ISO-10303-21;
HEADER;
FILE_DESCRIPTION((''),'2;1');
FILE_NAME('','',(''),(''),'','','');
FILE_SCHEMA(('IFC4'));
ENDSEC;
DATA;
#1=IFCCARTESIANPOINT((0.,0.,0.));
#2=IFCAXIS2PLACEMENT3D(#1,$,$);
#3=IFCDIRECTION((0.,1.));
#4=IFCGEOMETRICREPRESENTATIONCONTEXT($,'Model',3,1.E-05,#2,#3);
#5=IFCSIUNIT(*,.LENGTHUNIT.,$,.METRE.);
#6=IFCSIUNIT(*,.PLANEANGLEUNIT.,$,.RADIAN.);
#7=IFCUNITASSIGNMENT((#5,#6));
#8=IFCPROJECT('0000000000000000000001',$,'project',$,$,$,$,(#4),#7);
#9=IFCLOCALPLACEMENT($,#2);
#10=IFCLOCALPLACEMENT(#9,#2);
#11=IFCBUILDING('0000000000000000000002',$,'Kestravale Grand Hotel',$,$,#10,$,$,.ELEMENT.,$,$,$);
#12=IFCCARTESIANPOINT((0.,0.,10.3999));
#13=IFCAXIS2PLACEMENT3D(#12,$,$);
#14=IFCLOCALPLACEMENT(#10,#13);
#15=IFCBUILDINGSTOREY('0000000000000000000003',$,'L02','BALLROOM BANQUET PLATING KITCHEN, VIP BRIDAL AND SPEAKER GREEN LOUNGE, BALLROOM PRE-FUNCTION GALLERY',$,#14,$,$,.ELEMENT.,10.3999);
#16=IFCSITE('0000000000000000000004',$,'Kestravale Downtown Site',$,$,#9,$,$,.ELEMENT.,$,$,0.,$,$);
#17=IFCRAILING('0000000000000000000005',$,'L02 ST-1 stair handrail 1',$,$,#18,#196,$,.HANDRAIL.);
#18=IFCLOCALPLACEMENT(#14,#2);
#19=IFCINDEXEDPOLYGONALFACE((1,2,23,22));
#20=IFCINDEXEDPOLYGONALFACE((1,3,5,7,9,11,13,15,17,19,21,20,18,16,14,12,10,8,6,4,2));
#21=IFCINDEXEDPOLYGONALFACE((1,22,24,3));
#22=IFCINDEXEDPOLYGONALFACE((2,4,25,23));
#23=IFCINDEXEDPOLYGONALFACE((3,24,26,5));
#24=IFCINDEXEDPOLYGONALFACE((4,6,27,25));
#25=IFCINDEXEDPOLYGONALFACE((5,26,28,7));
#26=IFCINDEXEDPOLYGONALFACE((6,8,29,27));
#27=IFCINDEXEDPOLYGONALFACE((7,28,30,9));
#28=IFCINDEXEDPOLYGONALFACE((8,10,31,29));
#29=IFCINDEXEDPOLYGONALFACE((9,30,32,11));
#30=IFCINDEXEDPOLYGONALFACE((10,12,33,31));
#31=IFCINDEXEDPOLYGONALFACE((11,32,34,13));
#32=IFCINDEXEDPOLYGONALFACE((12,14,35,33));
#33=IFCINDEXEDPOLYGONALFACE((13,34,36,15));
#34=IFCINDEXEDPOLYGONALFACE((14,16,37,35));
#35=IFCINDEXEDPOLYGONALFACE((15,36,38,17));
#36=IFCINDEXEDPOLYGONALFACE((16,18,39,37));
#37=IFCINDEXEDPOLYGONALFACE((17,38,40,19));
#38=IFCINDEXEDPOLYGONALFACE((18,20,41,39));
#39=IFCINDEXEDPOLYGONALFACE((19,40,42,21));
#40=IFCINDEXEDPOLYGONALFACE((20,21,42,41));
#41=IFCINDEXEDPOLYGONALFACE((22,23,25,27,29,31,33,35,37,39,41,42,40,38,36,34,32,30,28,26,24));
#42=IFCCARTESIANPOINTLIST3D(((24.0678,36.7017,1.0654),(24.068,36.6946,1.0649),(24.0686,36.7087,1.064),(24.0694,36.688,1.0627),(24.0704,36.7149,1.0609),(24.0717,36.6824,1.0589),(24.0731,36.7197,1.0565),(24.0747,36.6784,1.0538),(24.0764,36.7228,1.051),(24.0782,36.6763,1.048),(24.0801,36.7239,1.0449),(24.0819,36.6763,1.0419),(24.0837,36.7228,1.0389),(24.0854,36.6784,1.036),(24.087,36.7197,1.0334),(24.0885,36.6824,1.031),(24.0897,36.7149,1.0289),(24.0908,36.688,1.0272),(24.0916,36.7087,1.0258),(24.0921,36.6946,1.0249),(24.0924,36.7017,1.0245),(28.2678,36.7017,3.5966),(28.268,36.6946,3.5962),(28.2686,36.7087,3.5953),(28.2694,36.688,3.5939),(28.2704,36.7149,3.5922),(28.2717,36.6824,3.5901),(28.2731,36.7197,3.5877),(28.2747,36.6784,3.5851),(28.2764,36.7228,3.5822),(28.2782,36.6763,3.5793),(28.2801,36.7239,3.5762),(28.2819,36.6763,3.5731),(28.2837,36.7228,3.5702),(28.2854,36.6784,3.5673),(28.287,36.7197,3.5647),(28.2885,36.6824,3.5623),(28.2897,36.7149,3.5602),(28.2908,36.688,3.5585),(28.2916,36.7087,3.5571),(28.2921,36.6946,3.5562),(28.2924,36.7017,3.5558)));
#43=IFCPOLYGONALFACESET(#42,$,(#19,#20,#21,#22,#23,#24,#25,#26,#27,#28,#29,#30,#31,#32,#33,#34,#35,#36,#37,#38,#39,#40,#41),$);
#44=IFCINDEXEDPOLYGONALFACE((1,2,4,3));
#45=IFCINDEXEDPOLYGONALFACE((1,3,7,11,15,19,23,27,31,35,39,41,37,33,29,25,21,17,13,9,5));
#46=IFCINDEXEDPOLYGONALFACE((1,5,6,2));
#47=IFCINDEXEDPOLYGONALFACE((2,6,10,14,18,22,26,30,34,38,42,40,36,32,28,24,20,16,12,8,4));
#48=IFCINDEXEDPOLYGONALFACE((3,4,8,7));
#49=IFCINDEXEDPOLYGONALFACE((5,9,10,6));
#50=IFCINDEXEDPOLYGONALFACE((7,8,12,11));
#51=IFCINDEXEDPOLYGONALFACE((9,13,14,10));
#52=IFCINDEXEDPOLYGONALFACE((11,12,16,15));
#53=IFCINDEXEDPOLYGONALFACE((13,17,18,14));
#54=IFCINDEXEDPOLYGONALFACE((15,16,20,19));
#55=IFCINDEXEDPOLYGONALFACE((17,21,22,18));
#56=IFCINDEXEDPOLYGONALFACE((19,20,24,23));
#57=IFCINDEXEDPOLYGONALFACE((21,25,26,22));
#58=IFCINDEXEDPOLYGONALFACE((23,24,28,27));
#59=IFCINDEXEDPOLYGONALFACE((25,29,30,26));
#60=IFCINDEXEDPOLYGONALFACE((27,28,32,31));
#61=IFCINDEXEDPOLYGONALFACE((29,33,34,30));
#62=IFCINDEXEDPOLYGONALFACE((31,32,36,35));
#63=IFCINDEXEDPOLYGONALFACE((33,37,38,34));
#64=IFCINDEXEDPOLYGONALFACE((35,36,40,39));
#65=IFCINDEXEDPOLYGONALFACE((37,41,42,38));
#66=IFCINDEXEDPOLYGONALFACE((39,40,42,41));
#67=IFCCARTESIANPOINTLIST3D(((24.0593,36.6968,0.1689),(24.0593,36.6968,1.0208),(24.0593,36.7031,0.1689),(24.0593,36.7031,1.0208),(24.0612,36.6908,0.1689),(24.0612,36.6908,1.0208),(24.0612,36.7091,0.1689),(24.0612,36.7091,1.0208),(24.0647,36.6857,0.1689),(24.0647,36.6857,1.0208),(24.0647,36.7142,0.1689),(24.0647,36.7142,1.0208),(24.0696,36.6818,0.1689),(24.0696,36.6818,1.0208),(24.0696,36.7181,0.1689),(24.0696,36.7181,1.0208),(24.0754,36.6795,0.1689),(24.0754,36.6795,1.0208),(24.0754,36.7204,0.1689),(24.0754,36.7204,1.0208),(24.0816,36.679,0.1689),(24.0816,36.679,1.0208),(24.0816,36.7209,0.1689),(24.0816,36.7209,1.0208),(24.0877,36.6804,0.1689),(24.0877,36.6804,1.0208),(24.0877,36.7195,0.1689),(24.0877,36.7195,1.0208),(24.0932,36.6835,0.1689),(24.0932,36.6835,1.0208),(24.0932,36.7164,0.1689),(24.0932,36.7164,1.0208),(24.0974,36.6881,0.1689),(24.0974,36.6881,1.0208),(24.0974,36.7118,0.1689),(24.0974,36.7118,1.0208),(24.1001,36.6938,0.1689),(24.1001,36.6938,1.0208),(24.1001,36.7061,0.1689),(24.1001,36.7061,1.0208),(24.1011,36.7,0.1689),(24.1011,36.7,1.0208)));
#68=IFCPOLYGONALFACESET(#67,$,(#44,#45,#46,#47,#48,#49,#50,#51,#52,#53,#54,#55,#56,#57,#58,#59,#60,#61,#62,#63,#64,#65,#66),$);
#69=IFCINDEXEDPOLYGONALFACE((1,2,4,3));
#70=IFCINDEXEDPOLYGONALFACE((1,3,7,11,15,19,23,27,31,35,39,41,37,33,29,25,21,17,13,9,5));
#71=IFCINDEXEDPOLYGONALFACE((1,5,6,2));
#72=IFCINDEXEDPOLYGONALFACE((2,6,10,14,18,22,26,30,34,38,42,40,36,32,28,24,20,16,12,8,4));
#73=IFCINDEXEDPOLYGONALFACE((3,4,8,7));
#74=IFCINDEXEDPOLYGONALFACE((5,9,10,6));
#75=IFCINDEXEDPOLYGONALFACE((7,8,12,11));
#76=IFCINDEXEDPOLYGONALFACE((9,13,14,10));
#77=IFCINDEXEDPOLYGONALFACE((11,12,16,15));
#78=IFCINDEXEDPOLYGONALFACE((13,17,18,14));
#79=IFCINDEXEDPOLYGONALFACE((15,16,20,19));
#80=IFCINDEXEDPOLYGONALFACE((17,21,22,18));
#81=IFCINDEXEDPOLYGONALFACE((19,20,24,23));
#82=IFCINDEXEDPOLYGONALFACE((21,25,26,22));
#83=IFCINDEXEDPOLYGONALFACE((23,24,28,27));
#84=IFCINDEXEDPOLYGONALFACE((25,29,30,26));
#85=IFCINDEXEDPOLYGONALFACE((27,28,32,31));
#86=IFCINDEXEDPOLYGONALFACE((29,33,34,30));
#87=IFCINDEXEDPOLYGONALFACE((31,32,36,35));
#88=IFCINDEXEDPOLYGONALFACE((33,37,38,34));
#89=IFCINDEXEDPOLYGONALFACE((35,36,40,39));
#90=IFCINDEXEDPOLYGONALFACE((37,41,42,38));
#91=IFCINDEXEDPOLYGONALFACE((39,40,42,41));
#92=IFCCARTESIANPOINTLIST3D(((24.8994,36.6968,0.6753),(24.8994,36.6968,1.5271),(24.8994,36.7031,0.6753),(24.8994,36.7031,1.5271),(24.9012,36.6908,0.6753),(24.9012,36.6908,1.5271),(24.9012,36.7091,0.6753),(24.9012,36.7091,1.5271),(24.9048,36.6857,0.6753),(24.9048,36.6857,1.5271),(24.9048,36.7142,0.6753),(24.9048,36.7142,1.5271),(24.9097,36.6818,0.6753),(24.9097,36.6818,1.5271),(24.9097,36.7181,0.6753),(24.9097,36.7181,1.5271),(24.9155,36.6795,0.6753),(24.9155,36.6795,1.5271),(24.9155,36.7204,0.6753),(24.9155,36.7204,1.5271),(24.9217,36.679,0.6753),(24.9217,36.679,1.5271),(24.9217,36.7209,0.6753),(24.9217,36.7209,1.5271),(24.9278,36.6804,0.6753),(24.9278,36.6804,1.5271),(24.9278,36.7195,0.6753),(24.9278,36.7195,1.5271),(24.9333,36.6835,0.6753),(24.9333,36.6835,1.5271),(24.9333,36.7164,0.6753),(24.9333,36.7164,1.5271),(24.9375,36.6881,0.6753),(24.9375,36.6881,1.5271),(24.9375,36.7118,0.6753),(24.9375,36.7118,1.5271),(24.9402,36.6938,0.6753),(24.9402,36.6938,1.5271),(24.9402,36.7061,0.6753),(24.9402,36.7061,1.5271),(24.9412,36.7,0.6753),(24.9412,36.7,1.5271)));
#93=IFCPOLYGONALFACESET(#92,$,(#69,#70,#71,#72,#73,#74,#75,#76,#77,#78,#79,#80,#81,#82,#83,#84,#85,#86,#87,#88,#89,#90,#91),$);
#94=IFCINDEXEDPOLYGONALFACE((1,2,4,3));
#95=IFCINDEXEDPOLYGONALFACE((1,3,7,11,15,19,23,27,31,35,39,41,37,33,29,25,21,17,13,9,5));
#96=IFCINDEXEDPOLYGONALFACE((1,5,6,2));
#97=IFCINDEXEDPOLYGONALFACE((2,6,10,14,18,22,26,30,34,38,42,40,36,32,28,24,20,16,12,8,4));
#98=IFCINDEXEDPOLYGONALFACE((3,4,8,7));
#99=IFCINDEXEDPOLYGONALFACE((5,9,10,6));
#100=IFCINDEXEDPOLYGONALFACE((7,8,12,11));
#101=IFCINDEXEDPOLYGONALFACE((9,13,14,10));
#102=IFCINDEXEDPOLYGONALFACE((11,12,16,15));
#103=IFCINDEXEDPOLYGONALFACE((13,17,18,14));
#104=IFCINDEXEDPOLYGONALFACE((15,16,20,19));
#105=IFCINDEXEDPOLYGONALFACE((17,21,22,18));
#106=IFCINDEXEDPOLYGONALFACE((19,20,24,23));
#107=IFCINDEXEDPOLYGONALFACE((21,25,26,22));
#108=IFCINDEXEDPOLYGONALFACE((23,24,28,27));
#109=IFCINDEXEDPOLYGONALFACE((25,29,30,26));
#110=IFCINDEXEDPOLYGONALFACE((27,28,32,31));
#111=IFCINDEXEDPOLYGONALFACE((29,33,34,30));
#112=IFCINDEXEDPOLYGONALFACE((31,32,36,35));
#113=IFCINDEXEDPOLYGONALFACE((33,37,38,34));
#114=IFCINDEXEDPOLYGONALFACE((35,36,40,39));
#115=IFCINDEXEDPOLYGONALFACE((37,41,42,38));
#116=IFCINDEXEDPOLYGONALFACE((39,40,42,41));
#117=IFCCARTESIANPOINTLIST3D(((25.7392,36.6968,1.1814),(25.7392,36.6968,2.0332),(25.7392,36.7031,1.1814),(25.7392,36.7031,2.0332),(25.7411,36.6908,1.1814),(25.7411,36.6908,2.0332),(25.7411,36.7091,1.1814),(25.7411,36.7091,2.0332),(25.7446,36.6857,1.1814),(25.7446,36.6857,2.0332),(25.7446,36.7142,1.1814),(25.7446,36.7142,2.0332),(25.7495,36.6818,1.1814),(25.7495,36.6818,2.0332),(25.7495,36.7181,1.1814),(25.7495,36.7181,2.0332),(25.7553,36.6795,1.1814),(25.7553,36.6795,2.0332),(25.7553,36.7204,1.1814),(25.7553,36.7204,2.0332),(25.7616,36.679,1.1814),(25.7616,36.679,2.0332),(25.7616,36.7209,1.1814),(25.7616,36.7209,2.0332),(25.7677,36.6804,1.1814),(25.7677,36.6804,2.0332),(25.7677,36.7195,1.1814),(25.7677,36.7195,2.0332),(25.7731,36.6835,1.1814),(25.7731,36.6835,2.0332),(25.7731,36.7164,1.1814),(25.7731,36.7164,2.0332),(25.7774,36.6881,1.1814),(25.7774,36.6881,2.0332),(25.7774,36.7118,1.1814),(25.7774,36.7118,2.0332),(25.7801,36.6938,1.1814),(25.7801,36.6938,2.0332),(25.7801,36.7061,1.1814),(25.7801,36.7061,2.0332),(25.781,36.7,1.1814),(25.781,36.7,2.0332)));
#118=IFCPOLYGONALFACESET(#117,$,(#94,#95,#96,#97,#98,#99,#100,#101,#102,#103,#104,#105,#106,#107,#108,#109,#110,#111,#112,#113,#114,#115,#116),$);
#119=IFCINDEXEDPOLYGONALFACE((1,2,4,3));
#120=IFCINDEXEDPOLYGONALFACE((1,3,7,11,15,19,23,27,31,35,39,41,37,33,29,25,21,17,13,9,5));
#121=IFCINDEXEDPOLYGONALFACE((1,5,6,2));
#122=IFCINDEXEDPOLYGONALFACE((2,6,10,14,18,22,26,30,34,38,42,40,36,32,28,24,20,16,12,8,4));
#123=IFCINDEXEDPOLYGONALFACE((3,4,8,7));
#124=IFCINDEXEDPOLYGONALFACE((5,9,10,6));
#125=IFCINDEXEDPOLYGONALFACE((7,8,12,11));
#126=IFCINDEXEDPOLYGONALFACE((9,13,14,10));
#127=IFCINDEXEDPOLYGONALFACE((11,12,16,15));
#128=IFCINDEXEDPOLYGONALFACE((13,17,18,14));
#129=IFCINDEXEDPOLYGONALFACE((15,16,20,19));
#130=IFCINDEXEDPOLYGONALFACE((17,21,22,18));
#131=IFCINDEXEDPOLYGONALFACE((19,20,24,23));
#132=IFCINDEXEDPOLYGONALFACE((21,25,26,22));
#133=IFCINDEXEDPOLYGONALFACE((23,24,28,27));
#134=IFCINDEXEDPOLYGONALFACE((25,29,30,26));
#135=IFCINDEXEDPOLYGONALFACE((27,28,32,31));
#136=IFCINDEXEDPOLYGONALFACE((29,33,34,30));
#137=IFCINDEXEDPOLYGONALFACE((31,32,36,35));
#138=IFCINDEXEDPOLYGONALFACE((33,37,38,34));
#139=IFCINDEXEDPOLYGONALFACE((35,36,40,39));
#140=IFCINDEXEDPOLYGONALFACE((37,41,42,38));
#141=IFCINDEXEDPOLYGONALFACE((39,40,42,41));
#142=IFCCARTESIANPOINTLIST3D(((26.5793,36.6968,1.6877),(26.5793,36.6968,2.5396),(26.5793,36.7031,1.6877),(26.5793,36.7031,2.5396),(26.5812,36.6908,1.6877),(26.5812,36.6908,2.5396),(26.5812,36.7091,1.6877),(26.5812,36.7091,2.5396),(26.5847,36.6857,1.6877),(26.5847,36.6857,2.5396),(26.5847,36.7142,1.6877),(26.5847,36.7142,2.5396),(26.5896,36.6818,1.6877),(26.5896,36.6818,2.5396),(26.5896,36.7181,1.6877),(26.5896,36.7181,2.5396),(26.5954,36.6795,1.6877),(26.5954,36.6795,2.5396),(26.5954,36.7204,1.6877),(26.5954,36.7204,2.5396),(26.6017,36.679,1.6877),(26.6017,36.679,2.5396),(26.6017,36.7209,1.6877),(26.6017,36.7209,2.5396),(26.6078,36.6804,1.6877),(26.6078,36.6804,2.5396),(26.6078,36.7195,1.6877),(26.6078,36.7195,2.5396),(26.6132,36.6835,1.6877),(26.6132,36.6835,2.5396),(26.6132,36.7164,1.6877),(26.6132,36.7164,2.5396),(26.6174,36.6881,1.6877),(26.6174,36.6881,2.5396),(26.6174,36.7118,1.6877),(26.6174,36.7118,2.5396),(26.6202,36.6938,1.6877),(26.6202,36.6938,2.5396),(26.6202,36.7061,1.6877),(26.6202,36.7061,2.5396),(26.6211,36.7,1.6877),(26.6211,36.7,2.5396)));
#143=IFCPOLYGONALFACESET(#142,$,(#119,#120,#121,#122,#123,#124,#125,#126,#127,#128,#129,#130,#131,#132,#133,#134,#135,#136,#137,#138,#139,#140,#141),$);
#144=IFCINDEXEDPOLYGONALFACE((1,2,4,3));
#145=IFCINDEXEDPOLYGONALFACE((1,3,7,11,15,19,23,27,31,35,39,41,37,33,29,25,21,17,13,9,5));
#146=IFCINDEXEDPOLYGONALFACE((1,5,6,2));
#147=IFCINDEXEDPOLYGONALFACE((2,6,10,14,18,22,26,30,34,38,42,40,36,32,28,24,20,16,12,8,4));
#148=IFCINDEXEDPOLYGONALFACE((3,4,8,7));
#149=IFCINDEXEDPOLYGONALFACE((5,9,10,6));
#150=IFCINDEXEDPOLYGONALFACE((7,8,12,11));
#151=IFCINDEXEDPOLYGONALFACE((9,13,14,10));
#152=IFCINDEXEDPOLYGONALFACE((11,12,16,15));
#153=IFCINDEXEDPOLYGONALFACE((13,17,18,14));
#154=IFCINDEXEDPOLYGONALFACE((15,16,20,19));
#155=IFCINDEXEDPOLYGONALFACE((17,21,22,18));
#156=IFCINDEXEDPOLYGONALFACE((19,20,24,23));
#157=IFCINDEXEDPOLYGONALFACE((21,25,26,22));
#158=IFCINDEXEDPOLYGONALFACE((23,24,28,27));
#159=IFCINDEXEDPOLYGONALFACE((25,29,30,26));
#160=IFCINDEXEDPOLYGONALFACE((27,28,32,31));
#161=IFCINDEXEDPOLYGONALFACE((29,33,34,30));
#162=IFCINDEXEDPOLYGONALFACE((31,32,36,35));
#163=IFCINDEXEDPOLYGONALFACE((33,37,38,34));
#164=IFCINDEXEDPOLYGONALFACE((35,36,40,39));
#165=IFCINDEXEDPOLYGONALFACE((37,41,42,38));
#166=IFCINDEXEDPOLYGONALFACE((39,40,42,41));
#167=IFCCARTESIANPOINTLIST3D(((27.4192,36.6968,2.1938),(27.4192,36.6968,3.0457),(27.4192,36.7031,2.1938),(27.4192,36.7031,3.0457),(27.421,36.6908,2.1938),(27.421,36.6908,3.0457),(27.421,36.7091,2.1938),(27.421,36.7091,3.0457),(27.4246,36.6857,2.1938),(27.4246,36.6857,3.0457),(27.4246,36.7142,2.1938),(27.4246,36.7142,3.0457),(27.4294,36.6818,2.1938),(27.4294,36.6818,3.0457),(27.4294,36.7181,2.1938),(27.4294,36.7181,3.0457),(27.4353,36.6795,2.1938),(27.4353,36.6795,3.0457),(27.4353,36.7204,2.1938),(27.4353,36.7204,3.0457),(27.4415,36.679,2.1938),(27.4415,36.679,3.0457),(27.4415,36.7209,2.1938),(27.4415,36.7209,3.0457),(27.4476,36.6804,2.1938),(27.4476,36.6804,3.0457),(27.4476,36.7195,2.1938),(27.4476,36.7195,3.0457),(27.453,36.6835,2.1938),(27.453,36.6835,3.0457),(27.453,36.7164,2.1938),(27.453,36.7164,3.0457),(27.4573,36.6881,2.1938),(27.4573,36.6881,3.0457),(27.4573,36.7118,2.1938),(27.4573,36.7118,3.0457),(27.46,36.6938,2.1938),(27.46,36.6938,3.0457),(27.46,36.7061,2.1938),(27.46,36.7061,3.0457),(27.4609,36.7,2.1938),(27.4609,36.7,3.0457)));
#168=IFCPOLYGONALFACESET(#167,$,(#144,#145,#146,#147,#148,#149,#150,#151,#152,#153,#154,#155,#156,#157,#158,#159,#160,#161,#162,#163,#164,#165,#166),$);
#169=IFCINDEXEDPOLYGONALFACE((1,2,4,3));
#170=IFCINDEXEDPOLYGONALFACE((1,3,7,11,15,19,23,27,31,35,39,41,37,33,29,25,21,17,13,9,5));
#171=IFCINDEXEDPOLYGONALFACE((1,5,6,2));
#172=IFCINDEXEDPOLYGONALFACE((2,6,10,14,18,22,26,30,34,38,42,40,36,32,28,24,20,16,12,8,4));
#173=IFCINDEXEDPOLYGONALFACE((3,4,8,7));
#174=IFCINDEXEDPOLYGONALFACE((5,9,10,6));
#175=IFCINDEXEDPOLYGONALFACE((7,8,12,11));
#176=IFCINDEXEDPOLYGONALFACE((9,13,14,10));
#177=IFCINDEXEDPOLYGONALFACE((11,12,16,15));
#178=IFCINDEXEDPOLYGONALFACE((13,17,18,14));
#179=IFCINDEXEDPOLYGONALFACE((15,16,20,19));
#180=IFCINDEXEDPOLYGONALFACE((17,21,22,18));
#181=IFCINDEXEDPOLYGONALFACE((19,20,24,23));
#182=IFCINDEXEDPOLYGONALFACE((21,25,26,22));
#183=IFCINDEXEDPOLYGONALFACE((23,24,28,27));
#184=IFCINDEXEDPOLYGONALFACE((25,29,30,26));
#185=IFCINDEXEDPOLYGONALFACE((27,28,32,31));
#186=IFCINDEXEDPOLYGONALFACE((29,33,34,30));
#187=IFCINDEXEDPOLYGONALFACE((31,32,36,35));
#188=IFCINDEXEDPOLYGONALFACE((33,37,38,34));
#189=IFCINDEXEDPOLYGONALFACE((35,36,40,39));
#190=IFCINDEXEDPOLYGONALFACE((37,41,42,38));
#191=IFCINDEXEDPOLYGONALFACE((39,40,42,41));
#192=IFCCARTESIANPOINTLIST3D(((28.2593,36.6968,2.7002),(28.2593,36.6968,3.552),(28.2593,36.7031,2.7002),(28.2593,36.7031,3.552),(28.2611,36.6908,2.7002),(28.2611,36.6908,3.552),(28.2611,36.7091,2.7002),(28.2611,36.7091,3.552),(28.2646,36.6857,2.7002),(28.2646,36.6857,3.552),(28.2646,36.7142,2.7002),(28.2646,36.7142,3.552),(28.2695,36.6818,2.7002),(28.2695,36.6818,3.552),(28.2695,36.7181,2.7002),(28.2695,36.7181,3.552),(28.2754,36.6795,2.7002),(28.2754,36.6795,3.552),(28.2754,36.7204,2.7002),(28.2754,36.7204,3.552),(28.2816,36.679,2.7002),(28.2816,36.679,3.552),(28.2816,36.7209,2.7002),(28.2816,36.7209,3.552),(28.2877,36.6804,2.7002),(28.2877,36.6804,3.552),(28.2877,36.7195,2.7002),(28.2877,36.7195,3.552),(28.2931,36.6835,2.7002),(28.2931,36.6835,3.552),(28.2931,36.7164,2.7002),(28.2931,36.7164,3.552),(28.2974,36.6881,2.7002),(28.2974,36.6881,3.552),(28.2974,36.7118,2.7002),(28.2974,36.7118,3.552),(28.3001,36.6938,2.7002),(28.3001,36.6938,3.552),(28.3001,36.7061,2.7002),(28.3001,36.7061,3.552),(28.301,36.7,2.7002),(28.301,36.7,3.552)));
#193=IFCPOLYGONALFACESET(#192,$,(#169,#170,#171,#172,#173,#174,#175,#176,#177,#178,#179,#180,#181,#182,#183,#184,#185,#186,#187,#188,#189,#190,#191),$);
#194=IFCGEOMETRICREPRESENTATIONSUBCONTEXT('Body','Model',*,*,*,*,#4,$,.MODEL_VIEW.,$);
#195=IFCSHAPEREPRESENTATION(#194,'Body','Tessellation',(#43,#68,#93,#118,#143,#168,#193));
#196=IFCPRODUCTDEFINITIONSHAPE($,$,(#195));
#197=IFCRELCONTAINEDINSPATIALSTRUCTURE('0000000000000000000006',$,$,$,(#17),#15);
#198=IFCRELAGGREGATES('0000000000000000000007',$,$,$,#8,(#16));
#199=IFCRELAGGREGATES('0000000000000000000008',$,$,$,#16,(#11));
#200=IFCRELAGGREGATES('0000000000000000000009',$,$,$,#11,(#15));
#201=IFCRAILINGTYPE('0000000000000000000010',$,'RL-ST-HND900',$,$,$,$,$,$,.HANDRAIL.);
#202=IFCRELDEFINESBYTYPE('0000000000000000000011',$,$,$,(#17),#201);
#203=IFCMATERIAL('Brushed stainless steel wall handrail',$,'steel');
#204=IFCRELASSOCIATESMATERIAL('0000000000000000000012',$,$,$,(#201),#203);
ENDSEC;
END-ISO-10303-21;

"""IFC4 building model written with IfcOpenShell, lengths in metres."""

from ifc_helpers import new_model, si_unit, direction, frame, origin, origin_2d, place, context, subcontext, project, spatial, circle, extrude, material, type_object, element, save


model = new_model("IFC4")

# Units and contexts
model_context = context("Model", 3, precision=1e-05, world=origin(), true_north=direction((0.0, 1.0)))
body_context = subcontext(model_context, "Body", "Model", "MODEL_VIEW")
ifc_project = project(units=[si_unit("LENGTHUNIT", "METRE"), si_unit("PLANEANGLEUNIT", "RADIAN")], contexts=[model_context])

# Site, building, storey
site_placement = place(None, origin())
site = spatial("IfcSite", under=ifc_project, at=site_placement, Name="Kestravale Downtown Site", CompositionType="ELEMENT", RefElevation=0.0)
building_placement = place(site_placement, origin())
building = spatial("IfcBuilding", under=site, at=building_placement, Name="Kestravale Grand Hotel", CompositionType="ELEMENT")
storey_placement = place(building_placement, frame((0.0, 0.0, 10.3999)))
storey = spatial("IfcBuildingStorey", under=building, at=storey_placement, Name="L02", Description="BALLROOM BANQUET PLATING KITCHEN, VIP BRIDAL AND SPEAKER GREEN LOUNGE, BALLROOM PRE-FUNCTION GALLERY", CompositionType="ELEMENT", Elevation=10.3999)

# Railing
ifc_material_1 = material(Name="Brushed stainless steel wall handrail", Category="steel")
railing_type_1 = type_object("IfcRailingType", Name="RL-ST-HND900", PredefinedType="HANDRAIL", material=ifc_material_1)
railing_1_placement = place(storey_placement, frame((24.0801, 36.7, 0.1689)))
element("IfcRailing", 1, at=railing_1_placement, inside=storey, type_object=railing_type_1, Name="L02 ST-1 stair handrail 1", PredefinedType="HANDRAIL", context=body_context, shape_type="SweptSolid", body=[
    extrude(circle(Radius=0.0239, at=origin_2d()), frame((0.0, 0.0, 0.876), z_axis=(0.856476, 0.0, 0.516186), x_axis=(0.0, 1.0, 0.0)), (0.0, 0.0, 1.0), 4.9038),
    extrude(circle(Radius=0.021, at=origin_2d()), origin(), (0.0, 0.0, 1.0), 0.8518),
    extrude(circle(Radius=0.021, at=origin_2d()), frame((0.8401, 0.0, 0.5063)), (0.0, 0.0, 1.0), 0.8518),
    extrude(circle(Radius=0.021, at=origin_2d()), frame((1.6799, 0.0, 1.0125)), (0.0, 0.0, 1.0), 0.8518),
    extrude(circle(Radius=0.021, at=origin_2d()), frame((2.52, 0.0, 1.5188)), (0.0, 0.0, 1.0), 0.8518),
    extrude(circle(Radius=0.021, at=origin_2d()), frame((3.3599, 0.0, 2.0249)), (0.0, 0.0, 1.0), 0.8518),
    extrude(circle(Radius=0.021, at=origin_2d()), frame((4.2, 0.0, 2.5312)), (0.0, 0.0, 1.0), 0.8518),
])

save(model, "model.ifc")
